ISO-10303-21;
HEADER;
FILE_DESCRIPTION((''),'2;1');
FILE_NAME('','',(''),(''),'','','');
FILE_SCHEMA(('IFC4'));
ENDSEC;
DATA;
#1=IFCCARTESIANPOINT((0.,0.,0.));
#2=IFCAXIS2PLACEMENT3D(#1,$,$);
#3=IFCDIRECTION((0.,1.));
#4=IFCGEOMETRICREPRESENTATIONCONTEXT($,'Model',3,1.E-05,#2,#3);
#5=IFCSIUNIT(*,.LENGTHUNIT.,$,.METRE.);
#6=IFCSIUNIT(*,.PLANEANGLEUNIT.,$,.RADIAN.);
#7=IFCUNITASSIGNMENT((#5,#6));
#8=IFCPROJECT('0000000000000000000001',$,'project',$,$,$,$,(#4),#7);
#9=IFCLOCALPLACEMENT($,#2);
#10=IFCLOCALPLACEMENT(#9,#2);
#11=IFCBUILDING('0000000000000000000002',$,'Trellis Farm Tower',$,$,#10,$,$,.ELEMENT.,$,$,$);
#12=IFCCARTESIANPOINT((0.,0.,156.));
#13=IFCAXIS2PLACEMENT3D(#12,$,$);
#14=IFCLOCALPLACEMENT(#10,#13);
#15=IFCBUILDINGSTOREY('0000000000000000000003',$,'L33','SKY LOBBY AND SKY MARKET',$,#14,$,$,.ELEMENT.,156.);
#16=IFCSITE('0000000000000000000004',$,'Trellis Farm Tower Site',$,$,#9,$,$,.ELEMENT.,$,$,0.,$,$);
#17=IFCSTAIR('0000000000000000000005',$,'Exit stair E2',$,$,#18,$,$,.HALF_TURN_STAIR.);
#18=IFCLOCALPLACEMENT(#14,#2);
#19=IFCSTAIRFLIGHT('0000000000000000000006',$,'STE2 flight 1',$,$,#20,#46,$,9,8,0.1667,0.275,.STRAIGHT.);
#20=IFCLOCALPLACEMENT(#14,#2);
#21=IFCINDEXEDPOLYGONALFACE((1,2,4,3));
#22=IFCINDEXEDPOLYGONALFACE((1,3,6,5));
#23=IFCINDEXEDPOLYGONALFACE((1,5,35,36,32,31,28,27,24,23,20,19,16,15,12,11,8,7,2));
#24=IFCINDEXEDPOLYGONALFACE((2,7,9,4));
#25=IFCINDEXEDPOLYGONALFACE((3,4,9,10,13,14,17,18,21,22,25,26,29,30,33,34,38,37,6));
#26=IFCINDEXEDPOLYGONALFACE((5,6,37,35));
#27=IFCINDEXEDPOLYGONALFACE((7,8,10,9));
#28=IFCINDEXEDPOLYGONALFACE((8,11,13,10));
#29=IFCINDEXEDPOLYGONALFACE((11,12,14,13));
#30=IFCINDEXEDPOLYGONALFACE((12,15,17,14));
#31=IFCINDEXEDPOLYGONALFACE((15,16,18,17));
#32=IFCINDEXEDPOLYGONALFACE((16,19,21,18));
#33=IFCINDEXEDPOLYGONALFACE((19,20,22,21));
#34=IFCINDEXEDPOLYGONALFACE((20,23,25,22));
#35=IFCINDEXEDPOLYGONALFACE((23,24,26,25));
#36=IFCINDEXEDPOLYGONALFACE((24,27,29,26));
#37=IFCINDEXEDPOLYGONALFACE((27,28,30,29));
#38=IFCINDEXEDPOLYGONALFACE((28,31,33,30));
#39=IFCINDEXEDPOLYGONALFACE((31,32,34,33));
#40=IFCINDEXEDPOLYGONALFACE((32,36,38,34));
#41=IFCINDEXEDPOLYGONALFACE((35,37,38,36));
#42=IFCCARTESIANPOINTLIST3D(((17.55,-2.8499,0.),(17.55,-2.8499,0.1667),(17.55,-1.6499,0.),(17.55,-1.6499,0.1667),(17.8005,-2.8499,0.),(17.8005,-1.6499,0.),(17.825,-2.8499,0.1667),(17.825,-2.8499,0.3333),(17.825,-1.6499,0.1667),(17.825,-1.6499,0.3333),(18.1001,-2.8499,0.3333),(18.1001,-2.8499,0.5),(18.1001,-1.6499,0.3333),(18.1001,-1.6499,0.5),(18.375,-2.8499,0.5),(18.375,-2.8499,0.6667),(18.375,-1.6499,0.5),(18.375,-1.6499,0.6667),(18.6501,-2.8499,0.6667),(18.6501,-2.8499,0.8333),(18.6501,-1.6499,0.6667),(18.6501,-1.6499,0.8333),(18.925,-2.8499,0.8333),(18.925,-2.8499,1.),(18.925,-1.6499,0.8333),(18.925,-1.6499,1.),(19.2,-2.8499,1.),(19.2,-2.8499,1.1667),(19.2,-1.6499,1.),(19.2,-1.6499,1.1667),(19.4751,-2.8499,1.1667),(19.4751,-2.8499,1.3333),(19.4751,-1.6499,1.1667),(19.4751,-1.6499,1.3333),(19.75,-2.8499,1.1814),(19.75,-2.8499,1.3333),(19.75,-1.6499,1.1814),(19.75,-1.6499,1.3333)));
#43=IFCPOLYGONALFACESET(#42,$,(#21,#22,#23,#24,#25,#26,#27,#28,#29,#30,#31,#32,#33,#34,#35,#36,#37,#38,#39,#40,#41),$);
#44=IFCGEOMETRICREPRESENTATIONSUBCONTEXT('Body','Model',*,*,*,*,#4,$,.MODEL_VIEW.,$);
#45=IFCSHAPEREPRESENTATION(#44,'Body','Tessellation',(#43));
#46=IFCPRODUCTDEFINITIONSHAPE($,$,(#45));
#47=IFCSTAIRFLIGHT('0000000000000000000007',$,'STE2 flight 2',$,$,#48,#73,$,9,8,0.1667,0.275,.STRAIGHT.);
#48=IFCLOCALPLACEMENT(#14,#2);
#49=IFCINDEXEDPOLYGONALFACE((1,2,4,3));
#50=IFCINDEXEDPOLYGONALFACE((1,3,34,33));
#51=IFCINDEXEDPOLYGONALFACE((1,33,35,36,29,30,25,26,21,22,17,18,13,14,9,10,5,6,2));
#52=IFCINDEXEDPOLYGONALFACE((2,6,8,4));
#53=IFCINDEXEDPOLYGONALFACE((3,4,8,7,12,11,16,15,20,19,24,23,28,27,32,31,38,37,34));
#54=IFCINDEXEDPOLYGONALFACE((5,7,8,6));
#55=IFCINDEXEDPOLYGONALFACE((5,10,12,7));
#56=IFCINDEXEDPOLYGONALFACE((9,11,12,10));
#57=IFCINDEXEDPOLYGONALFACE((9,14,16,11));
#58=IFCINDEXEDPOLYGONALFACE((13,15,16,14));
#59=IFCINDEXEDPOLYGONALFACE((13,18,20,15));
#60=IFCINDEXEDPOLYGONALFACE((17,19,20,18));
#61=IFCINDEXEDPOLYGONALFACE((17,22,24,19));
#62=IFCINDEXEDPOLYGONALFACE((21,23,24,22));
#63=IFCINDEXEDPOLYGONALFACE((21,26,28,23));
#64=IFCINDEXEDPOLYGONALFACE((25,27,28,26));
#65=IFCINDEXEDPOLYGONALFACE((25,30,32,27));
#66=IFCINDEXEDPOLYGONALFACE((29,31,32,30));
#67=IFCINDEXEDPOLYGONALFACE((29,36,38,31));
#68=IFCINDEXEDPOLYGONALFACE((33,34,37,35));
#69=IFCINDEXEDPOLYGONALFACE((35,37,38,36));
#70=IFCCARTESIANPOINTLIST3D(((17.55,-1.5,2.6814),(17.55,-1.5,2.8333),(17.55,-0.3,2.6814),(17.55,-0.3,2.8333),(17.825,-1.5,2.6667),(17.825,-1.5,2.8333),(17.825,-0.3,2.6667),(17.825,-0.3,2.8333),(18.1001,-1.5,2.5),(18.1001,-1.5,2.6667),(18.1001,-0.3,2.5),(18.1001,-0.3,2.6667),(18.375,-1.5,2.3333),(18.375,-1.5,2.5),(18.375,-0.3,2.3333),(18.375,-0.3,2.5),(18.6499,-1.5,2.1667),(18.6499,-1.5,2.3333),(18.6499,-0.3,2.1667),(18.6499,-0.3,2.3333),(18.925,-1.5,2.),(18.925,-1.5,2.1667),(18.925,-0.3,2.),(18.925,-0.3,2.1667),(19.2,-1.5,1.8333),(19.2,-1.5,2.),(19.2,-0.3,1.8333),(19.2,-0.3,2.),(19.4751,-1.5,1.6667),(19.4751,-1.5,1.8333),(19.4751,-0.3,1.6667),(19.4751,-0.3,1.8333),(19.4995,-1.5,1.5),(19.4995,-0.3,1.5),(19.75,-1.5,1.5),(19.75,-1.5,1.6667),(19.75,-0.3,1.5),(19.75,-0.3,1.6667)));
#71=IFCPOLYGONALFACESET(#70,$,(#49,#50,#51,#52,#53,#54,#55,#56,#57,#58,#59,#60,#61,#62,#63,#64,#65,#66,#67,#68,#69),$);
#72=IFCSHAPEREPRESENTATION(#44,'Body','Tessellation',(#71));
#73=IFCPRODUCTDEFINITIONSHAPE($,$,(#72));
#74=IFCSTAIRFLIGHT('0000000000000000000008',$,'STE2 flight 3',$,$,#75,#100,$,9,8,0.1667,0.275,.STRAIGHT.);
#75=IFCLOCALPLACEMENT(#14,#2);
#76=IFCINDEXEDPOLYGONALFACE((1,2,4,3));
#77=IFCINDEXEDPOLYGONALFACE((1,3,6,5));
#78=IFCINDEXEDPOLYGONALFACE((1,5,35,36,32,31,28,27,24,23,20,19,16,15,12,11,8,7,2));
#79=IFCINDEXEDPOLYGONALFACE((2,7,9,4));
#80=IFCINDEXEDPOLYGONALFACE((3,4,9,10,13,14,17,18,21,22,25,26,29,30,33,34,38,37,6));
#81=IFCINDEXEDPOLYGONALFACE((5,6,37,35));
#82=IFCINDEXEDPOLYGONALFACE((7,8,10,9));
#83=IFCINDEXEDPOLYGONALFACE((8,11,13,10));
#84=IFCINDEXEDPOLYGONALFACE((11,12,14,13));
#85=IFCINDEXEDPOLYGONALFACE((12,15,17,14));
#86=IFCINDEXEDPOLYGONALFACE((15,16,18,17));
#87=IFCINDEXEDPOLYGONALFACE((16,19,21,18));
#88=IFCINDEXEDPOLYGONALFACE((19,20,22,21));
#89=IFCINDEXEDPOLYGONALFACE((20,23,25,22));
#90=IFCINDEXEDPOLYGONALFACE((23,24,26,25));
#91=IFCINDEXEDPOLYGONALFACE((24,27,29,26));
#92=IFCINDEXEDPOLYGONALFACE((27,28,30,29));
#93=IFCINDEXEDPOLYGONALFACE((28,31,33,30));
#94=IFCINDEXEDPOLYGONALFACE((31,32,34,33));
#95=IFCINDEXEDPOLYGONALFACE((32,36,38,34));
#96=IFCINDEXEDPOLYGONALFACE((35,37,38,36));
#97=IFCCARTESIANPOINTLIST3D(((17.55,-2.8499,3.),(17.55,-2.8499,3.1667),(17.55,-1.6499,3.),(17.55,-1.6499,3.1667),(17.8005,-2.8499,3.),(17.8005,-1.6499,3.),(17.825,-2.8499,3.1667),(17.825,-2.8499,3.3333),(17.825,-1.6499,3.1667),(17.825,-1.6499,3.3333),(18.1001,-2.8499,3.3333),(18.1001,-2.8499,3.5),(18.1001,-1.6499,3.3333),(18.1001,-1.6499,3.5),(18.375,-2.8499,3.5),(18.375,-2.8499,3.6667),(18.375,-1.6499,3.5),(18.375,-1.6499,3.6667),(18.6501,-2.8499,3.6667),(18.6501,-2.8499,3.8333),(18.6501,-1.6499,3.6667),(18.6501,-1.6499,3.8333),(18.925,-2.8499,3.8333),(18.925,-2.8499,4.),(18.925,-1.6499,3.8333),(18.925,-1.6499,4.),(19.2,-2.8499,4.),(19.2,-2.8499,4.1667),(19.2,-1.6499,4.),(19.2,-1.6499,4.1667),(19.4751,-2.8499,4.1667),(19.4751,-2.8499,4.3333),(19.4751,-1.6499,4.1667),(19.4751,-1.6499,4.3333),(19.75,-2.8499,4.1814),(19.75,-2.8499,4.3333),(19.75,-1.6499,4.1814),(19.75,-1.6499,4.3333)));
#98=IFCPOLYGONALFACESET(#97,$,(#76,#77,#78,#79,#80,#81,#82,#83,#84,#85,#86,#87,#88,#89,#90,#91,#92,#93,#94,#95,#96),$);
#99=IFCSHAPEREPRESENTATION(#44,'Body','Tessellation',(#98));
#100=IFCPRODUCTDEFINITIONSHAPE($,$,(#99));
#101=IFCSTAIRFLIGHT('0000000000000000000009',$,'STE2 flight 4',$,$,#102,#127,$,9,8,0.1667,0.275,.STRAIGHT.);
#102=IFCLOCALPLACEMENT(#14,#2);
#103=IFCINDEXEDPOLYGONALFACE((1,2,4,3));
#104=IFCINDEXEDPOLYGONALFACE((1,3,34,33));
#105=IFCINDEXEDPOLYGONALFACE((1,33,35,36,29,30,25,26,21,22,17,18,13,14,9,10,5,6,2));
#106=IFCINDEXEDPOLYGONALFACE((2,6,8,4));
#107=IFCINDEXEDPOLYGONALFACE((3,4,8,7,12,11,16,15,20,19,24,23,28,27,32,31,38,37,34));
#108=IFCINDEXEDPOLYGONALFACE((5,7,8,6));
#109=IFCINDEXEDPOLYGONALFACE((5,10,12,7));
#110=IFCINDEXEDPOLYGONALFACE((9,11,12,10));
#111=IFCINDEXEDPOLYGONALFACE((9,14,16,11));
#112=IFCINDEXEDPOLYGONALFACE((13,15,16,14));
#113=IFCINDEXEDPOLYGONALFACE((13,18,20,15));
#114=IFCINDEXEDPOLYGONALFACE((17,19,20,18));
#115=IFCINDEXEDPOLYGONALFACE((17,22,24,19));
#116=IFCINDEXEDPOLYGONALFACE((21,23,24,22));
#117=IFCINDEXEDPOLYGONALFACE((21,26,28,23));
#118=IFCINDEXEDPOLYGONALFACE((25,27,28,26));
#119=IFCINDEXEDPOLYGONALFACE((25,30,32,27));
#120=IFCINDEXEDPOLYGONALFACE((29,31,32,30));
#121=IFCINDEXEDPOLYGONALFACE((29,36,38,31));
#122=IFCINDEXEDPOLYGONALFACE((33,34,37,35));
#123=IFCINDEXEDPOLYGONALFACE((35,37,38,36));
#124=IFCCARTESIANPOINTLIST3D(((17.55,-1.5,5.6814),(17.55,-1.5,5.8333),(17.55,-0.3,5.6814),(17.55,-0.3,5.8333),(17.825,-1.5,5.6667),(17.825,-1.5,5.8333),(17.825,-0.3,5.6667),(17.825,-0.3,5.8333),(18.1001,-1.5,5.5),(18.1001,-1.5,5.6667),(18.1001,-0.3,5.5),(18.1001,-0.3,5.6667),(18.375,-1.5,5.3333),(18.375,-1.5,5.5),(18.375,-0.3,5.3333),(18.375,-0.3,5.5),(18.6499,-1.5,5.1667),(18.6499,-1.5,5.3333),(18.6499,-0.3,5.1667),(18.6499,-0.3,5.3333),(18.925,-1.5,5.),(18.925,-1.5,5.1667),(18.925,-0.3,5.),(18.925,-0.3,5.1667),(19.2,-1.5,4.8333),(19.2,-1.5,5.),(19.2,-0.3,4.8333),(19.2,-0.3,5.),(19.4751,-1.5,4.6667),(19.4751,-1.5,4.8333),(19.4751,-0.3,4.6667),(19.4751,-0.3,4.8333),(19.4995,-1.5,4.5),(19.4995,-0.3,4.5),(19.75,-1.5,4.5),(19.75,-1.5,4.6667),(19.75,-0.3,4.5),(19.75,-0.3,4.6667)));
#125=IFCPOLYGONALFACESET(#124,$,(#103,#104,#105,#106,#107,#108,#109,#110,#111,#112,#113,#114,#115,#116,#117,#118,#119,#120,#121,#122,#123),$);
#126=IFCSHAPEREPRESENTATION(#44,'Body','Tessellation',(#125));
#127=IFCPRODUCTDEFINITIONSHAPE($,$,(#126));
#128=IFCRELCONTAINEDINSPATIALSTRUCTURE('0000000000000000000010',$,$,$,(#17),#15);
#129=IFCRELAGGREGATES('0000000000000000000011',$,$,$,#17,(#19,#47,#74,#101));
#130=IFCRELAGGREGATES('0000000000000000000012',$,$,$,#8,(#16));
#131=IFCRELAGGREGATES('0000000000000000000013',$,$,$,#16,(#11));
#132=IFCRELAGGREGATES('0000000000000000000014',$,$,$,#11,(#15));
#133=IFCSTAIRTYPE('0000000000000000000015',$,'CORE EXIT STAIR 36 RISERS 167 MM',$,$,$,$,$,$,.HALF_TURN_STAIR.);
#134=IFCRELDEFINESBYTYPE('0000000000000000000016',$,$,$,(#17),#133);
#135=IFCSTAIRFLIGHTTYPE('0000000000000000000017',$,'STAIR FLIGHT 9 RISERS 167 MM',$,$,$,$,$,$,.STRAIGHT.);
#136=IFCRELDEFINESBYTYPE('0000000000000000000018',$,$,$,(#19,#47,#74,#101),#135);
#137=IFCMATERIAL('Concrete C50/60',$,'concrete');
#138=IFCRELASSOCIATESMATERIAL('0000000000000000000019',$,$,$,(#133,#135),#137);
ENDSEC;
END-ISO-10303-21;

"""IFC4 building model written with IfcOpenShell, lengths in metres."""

from ifc_helpers import new_model, si_unit, direction, frame, origin, place, context, subcontext, project, spatial, polyline, outline, extrude, source, transform, mapped, material, type_object, element, aggregate, save


model = new_model("IFC4")

# Units and contexts
model_context = context("Model", 3, precision=1e-05, world=origin(), true_north=direction((0.0, 1.0)))
body_context = subcontext(model_context, "Body", "Model", "MODEL_VIEW")
ifc_project = project(units=[si_unit("LENGTHUNIT", "METRE"), si_unit("PLANEANGLEUNIT", "RADIAN")], contexts=[model_context])

# Site, building, storey
site_placement = place(None, origin())
site = spatial("IfcSite", under=ifc_project, at=site_placement, Name="Trellis Farm Tower Site", CompositionType="ELEMENT", RefElevation=0.0)
building_placement = place(site_placement, origin())
building = spatial("IfcBuilding", under=site, at=building_placement, Name="Trellis Farm Tower", CompositionType="ELEMENT")
storey_placement = place(building_placement, frame((0.0, 0.0, 156.0)))
storey = spatial("IfcBuildingStorey", under=building, at=storey_placement, Name="L33", Description="SKY LOBBY AND SKY MARKET", CompositionType="ELEMENT", Elevation=156.0)

# Stair, stair flights
ifc_material_1 = material(Name="Concrete C50/60", Category="concrete")
stair_type = type_object("IfcStairType", Name="CORE EXIT STAIR 36 RISERS 167 MM", PredefinedType="HALF_TURN_STAIR", material=ifc_material_1)
placement = place(storey_placement, origin())
stair_flight_type = type_object("IfcStairFlightType", Name="STAIR FLIGHT 9 RISERS 167 MM", PredefinedType="STRAIGHT", material=ifc_material_1)
shared_shape_1 = source(origin(), body_context, "Body", "SweptSolid", [
    extrude(outline(polyline([(0.0, 0.0), (0.0, 0.1667), (0.2749, 0.1667), (0.2749, 0.3333), (0.55, 0.3333), (0.55, 0.5), (0.825, 0.5), (0.825, 0.6667), (1.1001, 0.6667), (1.1001, 0.8333), (1.375, 0.8333), (1.375, 1.0), (1.6499, 1.0), (1.6499, 1.1667), (1.925, 1.1667), (1.925, 1.3333), (2.2, 1.3333), (2.2, 1.5), (2.2, 1.1814), (0.2505, 0.0), (0.0, 0.0)])), frame((0.0, 0.6001, 0.0), z_axis=(0.0, -1.0, 0.0), x_axis=(1.0, 0.0, 0.0)), (0.0, 0.0, 1.0), 1.2),
])
stair_1 = element("IfcStair", 1, at=placement, inside=storey, type_object=stair_type, Name="Exit stair E2", PredefinedType="HALF_TURN_STAIR")
stair_flight_1_placement = place(storey_placement, frame((17.55, -2.25, 0.0), z_axis=(0.0, 0.0, 1.0), x_axis=(1.0, 0.0, 0.0)))
stair_flight_1 = element("IfcStairFlight", 2, at=stair_flight_1_placement, type_object=stair_flight_type, Name="STE2 flight 1", NumberOfRisers=9, NumberOfTreads=8, PredefinedType="STRAIGHT", RiserHeight=0.1667, TreadLength=0.275, context=body_context, shape_type="MappedRepresentation", body=[
    mapped(shared_shape_1, transform((0.0, 0.0, 0.0))),
])
stair_flight_2_placement = place(storey_placement, frame((19.75, -0.8999, 1.5), z_axis=(0.0, 0.0, 1.0), x_axis=(-1.0, 0.0, 0.0)))
stair_flight_2 = element("IfcStairFlight", 3, at=stair_flight_2_placement, type_object=stair_flight_type, Name="STE2 flight 2", NumberOfRisers=9, NumberOfTreads=8, PredefinedType="STRAIGHT", RiserHeight=0.1667, TreadLength=0.275, context=body_context, shape_type="MappedRepresentation", body=[
    mapped(shared_shape_1, transform((0.0, 0.0, 0.0))),
])
stair_flight_3_placement = place(storey_placement, frame((17.55, -2.25, 3.0), z_axis=(0.0, 0.0, 1.0), x_axis=(1.0, 0.0, 0.0)))
stair_flight_3 = element("IfcStairFlight", 4, at=stair_flight_3_placement, type_object=stair_flight_type, Name="STE2 flight 3", NumberOfRisers=9, NumberOfTreads=8, PredefinedType="STRAIGHT", RiserHeight=0.1667, TreadLength=0.275, context=body_context, shape_type="MappedRepresentation", body=[
    mapped(shared_shape_1, transform((0.0, 0.0, 0.0))),
])
stair_flight_4_placement = place(storey_placement, frame((19.75, -0.8999, 4.5), z_axis=(0.0, 0.0, 1.0), x_axis=(-1.0, 0.0, 0.0)))
stair_flight_4 = element("IfcStairFlight", 5, at=stair_flight_4_placement, type_object=stair_flight_type, Name="STE2 flight 4", NumberOfRisers=9, NumberOfTreads=8, PredefinedType="STRAIGHT", RiserHeight=0.1667, TreadLength=0.275, context=body_context, shape_type="MappedRepresentation", body=[
    mapped(shared_shape_1, transform((0.0, 0.0, 0.0))),
])
aggregate(stair_1, [stair_flight_1, stair_flight_2, stair_flight_3, stair_flight_4])

save(model, "model.ifc")
